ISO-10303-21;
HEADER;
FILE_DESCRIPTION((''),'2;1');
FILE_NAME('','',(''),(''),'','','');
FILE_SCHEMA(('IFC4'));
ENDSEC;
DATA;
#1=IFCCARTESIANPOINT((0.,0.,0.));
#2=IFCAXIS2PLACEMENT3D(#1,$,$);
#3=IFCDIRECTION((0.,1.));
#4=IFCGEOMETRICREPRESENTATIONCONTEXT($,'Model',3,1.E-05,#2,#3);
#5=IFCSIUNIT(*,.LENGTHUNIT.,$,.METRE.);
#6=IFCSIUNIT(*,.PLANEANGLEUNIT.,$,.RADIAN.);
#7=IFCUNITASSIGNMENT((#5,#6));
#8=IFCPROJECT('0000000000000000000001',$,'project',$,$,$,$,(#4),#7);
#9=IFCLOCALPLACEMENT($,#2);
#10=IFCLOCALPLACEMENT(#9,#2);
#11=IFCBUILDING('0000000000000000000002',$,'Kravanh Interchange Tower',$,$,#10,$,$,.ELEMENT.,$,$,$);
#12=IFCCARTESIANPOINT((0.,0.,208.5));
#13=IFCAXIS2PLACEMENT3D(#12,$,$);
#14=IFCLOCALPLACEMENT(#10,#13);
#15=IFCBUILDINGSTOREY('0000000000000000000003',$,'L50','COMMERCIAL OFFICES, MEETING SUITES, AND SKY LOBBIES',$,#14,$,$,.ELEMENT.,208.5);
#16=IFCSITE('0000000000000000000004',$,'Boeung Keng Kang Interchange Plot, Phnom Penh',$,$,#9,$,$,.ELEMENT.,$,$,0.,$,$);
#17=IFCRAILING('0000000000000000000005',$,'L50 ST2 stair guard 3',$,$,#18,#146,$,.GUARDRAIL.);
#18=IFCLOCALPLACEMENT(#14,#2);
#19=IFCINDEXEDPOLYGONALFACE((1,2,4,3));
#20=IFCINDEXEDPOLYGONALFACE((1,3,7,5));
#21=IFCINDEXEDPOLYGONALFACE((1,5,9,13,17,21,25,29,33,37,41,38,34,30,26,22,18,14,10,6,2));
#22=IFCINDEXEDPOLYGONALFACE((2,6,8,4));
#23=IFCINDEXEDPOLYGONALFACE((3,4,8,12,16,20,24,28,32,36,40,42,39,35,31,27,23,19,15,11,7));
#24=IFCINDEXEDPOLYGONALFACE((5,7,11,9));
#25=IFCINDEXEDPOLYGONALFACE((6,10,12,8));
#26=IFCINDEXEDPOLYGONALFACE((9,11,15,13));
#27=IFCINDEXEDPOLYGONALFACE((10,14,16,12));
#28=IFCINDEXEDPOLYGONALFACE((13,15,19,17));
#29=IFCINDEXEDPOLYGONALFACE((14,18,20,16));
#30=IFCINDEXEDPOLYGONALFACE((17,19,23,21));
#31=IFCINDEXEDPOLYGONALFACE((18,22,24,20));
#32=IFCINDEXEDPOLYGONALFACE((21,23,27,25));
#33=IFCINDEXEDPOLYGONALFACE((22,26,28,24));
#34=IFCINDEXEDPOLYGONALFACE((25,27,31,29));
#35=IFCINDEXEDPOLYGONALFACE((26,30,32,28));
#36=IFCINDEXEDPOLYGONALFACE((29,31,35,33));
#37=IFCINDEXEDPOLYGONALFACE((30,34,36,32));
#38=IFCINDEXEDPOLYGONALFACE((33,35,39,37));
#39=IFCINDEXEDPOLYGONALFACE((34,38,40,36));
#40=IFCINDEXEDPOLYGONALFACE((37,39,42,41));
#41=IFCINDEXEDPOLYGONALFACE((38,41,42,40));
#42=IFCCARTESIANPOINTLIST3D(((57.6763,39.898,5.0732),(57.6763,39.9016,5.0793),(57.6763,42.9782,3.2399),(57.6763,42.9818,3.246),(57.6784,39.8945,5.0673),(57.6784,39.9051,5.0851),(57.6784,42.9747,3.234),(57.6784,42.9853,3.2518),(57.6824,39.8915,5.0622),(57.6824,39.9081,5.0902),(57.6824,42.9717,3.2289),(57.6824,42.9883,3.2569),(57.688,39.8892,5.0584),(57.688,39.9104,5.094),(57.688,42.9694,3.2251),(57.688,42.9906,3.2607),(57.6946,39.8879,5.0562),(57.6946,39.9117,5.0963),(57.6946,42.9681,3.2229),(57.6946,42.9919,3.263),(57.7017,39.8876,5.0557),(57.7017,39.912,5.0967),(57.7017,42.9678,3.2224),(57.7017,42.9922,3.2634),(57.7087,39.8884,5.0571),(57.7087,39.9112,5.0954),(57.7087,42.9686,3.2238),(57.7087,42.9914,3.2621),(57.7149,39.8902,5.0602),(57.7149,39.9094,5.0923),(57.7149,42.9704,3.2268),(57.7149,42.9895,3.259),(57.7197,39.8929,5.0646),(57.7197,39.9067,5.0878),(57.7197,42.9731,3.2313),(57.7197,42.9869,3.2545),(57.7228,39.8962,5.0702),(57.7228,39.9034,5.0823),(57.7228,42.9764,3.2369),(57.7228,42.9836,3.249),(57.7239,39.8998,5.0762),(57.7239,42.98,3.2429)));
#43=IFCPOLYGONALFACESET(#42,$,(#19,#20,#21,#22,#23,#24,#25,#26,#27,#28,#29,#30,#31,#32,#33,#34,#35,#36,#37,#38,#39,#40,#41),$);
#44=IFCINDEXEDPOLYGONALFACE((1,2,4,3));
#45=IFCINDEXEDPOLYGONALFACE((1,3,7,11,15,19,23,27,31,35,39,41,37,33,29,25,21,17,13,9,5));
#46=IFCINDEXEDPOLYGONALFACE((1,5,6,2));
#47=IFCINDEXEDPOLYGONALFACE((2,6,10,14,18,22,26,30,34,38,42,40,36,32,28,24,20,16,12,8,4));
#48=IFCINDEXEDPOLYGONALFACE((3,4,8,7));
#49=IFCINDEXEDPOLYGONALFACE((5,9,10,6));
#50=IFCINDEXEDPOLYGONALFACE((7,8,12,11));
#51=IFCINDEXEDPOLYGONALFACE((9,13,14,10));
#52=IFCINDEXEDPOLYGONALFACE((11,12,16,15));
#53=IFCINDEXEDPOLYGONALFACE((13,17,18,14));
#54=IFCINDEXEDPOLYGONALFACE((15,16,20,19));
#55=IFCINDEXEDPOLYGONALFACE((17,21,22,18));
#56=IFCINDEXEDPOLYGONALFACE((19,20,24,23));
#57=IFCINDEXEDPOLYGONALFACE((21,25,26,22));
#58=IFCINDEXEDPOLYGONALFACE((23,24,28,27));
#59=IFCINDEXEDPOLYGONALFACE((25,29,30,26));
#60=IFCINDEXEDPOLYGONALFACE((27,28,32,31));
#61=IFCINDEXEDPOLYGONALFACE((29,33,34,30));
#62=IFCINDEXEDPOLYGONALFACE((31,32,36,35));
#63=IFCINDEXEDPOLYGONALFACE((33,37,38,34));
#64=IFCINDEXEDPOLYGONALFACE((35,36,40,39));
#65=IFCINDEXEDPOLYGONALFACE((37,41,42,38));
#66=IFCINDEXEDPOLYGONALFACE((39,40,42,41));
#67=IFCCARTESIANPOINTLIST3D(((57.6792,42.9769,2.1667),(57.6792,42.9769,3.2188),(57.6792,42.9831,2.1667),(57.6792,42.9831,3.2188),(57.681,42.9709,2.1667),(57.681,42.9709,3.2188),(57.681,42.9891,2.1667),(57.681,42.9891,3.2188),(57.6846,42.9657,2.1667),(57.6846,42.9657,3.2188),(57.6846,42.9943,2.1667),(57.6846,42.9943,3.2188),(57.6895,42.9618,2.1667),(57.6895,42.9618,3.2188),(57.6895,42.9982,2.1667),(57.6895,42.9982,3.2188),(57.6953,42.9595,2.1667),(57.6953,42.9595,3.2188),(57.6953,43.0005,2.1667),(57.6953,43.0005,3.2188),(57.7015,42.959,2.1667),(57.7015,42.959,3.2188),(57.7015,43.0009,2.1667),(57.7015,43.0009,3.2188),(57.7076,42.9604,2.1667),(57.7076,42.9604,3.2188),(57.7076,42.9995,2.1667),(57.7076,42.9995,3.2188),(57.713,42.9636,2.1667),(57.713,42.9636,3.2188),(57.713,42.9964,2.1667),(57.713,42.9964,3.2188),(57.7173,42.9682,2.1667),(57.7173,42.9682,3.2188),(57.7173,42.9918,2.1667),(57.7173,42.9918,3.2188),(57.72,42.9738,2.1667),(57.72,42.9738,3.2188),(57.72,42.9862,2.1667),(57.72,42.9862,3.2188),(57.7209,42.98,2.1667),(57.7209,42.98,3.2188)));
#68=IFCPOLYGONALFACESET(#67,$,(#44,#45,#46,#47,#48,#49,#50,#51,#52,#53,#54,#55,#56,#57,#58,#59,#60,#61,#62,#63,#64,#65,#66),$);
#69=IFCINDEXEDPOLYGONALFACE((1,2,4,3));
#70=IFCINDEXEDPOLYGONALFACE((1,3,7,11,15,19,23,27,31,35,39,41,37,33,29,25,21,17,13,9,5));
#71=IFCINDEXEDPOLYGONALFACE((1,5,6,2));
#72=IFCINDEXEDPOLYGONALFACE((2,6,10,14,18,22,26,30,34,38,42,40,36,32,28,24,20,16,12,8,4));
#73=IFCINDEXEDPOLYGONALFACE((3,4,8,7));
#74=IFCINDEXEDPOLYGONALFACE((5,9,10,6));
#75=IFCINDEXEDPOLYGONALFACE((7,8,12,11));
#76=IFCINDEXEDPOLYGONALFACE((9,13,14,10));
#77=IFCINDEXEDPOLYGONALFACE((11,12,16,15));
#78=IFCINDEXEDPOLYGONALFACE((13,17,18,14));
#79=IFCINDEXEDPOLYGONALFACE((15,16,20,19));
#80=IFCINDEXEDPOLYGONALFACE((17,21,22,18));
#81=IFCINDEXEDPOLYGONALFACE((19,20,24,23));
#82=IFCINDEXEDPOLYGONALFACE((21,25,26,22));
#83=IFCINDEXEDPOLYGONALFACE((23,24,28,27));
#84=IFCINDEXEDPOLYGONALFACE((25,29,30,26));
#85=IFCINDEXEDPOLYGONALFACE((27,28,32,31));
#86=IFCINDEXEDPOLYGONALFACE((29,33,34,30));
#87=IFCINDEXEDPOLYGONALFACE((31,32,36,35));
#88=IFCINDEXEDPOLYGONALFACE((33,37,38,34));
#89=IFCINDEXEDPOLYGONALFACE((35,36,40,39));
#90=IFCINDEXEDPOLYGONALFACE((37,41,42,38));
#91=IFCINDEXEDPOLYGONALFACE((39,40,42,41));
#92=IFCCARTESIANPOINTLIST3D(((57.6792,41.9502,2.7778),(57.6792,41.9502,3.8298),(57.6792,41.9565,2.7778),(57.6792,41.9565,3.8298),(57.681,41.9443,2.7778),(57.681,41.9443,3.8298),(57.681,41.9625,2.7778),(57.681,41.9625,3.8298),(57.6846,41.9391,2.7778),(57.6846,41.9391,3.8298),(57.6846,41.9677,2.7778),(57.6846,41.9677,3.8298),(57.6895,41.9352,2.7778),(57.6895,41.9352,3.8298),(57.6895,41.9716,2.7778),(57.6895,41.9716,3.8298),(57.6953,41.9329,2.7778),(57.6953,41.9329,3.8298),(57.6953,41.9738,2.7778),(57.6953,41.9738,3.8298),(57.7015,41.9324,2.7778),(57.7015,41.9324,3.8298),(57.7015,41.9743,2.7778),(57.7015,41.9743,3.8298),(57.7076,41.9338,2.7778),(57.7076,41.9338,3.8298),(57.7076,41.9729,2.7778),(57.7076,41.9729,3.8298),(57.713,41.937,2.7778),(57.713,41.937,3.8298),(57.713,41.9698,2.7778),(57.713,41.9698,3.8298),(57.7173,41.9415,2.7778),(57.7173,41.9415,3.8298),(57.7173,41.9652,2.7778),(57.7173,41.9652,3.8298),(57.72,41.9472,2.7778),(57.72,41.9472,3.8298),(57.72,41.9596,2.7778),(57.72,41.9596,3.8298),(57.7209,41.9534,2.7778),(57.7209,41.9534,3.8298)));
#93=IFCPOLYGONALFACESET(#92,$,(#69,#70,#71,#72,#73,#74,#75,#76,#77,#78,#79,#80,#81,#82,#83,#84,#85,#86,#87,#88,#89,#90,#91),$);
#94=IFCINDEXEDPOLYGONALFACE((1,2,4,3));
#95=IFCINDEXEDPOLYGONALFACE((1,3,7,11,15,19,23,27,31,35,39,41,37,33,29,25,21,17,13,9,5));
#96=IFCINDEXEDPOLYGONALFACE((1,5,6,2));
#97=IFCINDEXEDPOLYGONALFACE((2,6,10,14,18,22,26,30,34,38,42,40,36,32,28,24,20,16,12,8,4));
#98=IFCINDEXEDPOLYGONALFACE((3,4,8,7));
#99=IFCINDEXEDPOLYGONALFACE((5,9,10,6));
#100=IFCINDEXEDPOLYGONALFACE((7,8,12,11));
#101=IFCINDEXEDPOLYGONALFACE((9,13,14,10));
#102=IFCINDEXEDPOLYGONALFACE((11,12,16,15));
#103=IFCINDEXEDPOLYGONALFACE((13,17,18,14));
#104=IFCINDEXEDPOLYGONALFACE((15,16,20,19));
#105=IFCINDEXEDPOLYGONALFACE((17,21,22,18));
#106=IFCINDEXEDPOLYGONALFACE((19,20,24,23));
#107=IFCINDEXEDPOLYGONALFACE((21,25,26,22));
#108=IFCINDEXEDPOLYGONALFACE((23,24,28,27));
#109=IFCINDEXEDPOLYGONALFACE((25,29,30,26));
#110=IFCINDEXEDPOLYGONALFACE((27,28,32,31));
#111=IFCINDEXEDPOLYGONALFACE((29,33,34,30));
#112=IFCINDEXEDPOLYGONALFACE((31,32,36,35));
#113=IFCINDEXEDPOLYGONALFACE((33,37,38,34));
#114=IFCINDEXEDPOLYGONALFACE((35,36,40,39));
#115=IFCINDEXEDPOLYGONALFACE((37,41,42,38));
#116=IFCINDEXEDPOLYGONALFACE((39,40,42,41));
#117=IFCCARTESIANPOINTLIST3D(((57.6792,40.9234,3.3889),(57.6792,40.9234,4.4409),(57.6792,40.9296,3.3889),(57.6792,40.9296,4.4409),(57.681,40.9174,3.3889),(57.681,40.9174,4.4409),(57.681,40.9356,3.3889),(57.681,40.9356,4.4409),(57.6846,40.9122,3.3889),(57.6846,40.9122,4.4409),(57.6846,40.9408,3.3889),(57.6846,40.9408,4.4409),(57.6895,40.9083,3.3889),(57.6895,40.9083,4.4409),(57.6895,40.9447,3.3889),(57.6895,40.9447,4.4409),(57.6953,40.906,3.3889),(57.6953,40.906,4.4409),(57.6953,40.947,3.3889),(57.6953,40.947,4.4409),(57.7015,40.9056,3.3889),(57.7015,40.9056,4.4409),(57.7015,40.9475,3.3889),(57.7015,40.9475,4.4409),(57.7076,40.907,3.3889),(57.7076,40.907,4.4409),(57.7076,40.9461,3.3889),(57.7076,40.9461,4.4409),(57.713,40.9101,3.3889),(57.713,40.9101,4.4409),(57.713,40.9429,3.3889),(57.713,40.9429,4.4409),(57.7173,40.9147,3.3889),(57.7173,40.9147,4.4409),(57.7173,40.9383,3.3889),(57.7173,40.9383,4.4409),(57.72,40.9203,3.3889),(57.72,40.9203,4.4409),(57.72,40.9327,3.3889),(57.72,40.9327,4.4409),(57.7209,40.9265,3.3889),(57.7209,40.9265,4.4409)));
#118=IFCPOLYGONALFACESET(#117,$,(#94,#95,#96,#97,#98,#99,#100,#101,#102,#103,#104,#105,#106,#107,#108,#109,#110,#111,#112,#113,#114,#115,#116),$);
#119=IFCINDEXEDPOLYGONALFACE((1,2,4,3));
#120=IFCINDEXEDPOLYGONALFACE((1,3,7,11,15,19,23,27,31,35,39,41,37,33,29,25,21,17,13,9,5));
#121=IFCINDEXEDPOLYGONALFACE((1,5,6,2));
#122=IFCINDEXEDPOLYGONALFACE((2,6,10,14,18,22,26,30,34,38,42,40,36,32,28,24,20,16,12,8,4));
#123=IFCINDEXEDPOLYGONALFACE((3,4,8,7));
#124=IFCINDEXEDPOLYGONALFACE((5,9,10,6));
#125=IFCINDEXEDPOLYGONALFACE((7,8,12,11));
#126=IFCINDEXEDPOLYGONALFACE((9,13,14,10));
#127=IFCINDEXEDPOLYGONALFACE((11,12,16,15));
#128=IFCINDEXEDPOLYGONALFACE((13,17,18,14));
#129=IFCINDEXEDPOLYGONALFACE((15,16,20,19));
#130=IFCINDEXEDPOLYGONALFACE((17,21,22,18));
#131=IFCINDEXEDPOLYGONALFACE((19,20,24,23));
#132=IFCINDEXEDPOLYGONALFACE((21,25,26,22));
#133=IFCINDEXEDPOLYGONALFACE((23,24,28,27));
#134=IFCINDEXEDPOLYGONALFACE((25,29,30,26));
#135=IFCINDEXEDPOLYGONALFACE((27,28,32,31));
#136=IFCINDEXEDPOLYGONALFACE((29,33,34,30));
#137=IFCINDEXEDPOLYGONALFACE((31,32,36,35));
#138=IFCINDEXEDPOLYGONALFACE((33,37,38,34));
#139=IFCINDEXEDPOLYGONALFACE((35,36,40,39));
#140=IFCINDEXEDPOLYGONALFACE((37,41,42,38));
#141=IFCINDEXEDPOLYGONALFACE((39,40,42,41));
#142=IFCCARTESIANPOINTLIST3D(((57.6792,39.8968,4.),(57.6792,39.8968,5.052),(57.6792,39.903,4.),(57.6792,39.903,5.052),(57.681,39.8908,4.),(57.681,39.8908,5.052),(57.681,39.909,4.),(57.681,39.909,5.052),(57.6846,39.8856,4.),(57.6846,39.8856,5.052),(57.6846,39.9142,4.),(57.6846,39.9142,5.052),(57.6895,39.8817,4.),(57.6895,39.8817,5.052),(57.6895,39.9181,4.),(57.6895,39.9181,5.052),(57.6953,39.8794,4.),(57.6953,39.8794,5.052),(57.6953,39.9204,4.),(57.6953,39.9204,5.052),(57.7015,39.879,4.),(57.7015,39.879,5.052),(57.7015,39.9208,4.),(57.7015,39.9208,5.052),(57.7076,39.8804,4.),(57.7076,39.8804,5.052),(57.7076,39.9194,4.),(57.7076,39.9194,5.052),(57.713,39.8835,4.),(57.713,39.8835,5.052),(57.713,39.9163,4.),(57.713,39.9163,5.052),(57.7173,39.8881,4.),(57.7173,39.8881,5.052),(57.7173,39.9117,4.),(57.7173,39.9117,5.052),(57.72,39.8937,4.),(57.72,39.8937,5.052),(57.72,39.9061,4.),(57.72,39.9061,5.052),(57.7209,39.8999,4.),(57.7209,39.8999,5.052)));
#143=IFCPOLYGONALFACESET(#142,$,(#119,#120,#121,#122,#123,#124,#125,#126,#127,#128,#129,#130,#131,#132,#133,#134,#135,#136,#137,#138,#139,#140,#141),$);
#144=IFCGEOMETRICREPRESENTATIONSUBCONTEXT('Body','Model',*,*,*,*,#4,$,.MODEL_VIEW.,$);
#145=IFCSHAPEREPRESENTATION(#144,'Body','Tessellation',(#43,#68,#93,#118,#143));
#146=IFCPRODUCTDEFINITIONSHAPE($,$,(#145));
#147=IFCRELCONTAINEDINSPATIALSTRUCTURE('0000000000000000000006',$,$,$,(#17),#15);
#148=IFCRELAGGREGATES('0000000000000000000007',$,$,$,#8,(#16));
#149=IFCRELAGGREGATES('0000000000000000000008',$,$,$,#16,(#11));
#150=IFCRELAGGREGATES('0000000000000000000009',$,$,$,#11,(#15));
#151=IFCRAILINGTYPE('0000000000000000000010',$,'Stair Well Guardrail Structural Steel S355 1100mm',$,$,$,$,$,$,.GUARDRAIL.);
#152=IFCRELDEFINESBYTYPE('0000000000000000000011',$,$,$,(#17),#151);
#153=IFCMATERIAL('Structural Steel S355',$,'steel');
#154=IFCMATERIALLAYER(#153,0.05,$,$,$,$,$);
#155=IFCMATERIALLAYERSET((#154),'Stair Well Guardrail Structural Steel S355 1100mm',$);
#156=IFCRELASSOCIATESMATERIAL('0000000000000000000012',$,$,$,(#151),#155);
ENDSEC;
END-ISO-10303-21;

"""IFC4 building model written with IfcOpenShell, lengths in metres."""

from ifc_helpers import new_model, si_unit, direction, frame, origin, origin_2d, place, context, subcontext, project, spatial, circle, extrude, material, layer, layer_set, type_object, element, save


model = new_model("IFC4")

# Units and contexts
model_context = context("Model", 3, precision=1e-05, world=origin(), true_north=direction((0.0, 1.0)))
body_context = subcontext(model_context, "Body", "Model", "MODEL_VIEW")
ifc_project = project(units=[si_unit("LENGTHUNIT", "METRE"), si_unit("PLANEANGLEUNIT", "RADIAN")], contexts=[model_context])

# Site, building, storey
site_placement = place(None, origin())
site = spatial("IfcSite", under=ifc_project, at=site_placement, Name="Boeung Keng Kang Interchange Plot, Phnom Penh", CompositionType="ELEMENT", RefElevation=0.0)
building_placement = place(site_placement, origin())
building = spatial("IfcBuilding", under=site, at=building_placement, Name="Kravanh Interchange Tower", CompositionType="ELEMENT")
storey_placement = place(building_placement, frame((0.0, 0.0, 208.5)))
storey = spatial("IfcBuildingStorey", under=building, at=storey_placement, Name="L50", Description="COMMERCIAL OFFICES, MEETING SUITES, AND SKY LOBBIES", CompositionType="ELEMENT", Elevation=208.5)

# Railing
ifc_material_1 = material(Name="Structural Steel S355", Category="steel")
ifc_layer_1 = layer(ifc_material_1, 0.05)
ifc_layer_set_1 = layer_set([ifc_layer_1], Name="Stair Well Guardrail Structural Steel S355 1100mm")
railing_type_1 = type_object("IfcRailingType", Name="Stair Well Guardrail Structural Steel S355 1100mm", PredefinedType="GUARDRAIL", material=ifc_layer_set_1)
railing_1_placement = place(storey_placement, frame((57.7, 42.98, 2.1667)))
element("IfcRailing", 1, at=railing_1_placement, inside=storey, type_object=railing_type_1, Name="L50 ST2 stair guard 3", PredefinedType="GUARDRAIL", context=body_context, shape_type="SweptSolid", body=[
    extrude(circle(Radius=0.0239, at=origin_2d()), frame((0.0, 0.0, 1.0762), z_axis=(0.0, -0.859309, 0.511458), x_axis=(1.0, 0.0, 0.0)), (0.0, 0.0, 1.0), 3.5845),
    extrude(circle(Radius=0.021, at=origin_2d()), origin(), (0.0, 0.0, 1.0), 1.052),
    extrude(circle(Radius=0.021, at=origin_2d()), frame((0.0, -1.0266, 0.6111)), (0.0, 0.0, 1.0), 1.052),
    extrude(circle(Radius=0.021, at=origin_2d()), frame((0.0, -2.0535, 1.2222)), (0.0, 0.0, 1.0), 1.052),
    extrude(circle(Radius=0.021, at=origin_2d()), frame((0.0, -3.0801, 1.8333)), (0.0, 0.0, 1.0), 1.052),
])

save(model, "model.ifc")
